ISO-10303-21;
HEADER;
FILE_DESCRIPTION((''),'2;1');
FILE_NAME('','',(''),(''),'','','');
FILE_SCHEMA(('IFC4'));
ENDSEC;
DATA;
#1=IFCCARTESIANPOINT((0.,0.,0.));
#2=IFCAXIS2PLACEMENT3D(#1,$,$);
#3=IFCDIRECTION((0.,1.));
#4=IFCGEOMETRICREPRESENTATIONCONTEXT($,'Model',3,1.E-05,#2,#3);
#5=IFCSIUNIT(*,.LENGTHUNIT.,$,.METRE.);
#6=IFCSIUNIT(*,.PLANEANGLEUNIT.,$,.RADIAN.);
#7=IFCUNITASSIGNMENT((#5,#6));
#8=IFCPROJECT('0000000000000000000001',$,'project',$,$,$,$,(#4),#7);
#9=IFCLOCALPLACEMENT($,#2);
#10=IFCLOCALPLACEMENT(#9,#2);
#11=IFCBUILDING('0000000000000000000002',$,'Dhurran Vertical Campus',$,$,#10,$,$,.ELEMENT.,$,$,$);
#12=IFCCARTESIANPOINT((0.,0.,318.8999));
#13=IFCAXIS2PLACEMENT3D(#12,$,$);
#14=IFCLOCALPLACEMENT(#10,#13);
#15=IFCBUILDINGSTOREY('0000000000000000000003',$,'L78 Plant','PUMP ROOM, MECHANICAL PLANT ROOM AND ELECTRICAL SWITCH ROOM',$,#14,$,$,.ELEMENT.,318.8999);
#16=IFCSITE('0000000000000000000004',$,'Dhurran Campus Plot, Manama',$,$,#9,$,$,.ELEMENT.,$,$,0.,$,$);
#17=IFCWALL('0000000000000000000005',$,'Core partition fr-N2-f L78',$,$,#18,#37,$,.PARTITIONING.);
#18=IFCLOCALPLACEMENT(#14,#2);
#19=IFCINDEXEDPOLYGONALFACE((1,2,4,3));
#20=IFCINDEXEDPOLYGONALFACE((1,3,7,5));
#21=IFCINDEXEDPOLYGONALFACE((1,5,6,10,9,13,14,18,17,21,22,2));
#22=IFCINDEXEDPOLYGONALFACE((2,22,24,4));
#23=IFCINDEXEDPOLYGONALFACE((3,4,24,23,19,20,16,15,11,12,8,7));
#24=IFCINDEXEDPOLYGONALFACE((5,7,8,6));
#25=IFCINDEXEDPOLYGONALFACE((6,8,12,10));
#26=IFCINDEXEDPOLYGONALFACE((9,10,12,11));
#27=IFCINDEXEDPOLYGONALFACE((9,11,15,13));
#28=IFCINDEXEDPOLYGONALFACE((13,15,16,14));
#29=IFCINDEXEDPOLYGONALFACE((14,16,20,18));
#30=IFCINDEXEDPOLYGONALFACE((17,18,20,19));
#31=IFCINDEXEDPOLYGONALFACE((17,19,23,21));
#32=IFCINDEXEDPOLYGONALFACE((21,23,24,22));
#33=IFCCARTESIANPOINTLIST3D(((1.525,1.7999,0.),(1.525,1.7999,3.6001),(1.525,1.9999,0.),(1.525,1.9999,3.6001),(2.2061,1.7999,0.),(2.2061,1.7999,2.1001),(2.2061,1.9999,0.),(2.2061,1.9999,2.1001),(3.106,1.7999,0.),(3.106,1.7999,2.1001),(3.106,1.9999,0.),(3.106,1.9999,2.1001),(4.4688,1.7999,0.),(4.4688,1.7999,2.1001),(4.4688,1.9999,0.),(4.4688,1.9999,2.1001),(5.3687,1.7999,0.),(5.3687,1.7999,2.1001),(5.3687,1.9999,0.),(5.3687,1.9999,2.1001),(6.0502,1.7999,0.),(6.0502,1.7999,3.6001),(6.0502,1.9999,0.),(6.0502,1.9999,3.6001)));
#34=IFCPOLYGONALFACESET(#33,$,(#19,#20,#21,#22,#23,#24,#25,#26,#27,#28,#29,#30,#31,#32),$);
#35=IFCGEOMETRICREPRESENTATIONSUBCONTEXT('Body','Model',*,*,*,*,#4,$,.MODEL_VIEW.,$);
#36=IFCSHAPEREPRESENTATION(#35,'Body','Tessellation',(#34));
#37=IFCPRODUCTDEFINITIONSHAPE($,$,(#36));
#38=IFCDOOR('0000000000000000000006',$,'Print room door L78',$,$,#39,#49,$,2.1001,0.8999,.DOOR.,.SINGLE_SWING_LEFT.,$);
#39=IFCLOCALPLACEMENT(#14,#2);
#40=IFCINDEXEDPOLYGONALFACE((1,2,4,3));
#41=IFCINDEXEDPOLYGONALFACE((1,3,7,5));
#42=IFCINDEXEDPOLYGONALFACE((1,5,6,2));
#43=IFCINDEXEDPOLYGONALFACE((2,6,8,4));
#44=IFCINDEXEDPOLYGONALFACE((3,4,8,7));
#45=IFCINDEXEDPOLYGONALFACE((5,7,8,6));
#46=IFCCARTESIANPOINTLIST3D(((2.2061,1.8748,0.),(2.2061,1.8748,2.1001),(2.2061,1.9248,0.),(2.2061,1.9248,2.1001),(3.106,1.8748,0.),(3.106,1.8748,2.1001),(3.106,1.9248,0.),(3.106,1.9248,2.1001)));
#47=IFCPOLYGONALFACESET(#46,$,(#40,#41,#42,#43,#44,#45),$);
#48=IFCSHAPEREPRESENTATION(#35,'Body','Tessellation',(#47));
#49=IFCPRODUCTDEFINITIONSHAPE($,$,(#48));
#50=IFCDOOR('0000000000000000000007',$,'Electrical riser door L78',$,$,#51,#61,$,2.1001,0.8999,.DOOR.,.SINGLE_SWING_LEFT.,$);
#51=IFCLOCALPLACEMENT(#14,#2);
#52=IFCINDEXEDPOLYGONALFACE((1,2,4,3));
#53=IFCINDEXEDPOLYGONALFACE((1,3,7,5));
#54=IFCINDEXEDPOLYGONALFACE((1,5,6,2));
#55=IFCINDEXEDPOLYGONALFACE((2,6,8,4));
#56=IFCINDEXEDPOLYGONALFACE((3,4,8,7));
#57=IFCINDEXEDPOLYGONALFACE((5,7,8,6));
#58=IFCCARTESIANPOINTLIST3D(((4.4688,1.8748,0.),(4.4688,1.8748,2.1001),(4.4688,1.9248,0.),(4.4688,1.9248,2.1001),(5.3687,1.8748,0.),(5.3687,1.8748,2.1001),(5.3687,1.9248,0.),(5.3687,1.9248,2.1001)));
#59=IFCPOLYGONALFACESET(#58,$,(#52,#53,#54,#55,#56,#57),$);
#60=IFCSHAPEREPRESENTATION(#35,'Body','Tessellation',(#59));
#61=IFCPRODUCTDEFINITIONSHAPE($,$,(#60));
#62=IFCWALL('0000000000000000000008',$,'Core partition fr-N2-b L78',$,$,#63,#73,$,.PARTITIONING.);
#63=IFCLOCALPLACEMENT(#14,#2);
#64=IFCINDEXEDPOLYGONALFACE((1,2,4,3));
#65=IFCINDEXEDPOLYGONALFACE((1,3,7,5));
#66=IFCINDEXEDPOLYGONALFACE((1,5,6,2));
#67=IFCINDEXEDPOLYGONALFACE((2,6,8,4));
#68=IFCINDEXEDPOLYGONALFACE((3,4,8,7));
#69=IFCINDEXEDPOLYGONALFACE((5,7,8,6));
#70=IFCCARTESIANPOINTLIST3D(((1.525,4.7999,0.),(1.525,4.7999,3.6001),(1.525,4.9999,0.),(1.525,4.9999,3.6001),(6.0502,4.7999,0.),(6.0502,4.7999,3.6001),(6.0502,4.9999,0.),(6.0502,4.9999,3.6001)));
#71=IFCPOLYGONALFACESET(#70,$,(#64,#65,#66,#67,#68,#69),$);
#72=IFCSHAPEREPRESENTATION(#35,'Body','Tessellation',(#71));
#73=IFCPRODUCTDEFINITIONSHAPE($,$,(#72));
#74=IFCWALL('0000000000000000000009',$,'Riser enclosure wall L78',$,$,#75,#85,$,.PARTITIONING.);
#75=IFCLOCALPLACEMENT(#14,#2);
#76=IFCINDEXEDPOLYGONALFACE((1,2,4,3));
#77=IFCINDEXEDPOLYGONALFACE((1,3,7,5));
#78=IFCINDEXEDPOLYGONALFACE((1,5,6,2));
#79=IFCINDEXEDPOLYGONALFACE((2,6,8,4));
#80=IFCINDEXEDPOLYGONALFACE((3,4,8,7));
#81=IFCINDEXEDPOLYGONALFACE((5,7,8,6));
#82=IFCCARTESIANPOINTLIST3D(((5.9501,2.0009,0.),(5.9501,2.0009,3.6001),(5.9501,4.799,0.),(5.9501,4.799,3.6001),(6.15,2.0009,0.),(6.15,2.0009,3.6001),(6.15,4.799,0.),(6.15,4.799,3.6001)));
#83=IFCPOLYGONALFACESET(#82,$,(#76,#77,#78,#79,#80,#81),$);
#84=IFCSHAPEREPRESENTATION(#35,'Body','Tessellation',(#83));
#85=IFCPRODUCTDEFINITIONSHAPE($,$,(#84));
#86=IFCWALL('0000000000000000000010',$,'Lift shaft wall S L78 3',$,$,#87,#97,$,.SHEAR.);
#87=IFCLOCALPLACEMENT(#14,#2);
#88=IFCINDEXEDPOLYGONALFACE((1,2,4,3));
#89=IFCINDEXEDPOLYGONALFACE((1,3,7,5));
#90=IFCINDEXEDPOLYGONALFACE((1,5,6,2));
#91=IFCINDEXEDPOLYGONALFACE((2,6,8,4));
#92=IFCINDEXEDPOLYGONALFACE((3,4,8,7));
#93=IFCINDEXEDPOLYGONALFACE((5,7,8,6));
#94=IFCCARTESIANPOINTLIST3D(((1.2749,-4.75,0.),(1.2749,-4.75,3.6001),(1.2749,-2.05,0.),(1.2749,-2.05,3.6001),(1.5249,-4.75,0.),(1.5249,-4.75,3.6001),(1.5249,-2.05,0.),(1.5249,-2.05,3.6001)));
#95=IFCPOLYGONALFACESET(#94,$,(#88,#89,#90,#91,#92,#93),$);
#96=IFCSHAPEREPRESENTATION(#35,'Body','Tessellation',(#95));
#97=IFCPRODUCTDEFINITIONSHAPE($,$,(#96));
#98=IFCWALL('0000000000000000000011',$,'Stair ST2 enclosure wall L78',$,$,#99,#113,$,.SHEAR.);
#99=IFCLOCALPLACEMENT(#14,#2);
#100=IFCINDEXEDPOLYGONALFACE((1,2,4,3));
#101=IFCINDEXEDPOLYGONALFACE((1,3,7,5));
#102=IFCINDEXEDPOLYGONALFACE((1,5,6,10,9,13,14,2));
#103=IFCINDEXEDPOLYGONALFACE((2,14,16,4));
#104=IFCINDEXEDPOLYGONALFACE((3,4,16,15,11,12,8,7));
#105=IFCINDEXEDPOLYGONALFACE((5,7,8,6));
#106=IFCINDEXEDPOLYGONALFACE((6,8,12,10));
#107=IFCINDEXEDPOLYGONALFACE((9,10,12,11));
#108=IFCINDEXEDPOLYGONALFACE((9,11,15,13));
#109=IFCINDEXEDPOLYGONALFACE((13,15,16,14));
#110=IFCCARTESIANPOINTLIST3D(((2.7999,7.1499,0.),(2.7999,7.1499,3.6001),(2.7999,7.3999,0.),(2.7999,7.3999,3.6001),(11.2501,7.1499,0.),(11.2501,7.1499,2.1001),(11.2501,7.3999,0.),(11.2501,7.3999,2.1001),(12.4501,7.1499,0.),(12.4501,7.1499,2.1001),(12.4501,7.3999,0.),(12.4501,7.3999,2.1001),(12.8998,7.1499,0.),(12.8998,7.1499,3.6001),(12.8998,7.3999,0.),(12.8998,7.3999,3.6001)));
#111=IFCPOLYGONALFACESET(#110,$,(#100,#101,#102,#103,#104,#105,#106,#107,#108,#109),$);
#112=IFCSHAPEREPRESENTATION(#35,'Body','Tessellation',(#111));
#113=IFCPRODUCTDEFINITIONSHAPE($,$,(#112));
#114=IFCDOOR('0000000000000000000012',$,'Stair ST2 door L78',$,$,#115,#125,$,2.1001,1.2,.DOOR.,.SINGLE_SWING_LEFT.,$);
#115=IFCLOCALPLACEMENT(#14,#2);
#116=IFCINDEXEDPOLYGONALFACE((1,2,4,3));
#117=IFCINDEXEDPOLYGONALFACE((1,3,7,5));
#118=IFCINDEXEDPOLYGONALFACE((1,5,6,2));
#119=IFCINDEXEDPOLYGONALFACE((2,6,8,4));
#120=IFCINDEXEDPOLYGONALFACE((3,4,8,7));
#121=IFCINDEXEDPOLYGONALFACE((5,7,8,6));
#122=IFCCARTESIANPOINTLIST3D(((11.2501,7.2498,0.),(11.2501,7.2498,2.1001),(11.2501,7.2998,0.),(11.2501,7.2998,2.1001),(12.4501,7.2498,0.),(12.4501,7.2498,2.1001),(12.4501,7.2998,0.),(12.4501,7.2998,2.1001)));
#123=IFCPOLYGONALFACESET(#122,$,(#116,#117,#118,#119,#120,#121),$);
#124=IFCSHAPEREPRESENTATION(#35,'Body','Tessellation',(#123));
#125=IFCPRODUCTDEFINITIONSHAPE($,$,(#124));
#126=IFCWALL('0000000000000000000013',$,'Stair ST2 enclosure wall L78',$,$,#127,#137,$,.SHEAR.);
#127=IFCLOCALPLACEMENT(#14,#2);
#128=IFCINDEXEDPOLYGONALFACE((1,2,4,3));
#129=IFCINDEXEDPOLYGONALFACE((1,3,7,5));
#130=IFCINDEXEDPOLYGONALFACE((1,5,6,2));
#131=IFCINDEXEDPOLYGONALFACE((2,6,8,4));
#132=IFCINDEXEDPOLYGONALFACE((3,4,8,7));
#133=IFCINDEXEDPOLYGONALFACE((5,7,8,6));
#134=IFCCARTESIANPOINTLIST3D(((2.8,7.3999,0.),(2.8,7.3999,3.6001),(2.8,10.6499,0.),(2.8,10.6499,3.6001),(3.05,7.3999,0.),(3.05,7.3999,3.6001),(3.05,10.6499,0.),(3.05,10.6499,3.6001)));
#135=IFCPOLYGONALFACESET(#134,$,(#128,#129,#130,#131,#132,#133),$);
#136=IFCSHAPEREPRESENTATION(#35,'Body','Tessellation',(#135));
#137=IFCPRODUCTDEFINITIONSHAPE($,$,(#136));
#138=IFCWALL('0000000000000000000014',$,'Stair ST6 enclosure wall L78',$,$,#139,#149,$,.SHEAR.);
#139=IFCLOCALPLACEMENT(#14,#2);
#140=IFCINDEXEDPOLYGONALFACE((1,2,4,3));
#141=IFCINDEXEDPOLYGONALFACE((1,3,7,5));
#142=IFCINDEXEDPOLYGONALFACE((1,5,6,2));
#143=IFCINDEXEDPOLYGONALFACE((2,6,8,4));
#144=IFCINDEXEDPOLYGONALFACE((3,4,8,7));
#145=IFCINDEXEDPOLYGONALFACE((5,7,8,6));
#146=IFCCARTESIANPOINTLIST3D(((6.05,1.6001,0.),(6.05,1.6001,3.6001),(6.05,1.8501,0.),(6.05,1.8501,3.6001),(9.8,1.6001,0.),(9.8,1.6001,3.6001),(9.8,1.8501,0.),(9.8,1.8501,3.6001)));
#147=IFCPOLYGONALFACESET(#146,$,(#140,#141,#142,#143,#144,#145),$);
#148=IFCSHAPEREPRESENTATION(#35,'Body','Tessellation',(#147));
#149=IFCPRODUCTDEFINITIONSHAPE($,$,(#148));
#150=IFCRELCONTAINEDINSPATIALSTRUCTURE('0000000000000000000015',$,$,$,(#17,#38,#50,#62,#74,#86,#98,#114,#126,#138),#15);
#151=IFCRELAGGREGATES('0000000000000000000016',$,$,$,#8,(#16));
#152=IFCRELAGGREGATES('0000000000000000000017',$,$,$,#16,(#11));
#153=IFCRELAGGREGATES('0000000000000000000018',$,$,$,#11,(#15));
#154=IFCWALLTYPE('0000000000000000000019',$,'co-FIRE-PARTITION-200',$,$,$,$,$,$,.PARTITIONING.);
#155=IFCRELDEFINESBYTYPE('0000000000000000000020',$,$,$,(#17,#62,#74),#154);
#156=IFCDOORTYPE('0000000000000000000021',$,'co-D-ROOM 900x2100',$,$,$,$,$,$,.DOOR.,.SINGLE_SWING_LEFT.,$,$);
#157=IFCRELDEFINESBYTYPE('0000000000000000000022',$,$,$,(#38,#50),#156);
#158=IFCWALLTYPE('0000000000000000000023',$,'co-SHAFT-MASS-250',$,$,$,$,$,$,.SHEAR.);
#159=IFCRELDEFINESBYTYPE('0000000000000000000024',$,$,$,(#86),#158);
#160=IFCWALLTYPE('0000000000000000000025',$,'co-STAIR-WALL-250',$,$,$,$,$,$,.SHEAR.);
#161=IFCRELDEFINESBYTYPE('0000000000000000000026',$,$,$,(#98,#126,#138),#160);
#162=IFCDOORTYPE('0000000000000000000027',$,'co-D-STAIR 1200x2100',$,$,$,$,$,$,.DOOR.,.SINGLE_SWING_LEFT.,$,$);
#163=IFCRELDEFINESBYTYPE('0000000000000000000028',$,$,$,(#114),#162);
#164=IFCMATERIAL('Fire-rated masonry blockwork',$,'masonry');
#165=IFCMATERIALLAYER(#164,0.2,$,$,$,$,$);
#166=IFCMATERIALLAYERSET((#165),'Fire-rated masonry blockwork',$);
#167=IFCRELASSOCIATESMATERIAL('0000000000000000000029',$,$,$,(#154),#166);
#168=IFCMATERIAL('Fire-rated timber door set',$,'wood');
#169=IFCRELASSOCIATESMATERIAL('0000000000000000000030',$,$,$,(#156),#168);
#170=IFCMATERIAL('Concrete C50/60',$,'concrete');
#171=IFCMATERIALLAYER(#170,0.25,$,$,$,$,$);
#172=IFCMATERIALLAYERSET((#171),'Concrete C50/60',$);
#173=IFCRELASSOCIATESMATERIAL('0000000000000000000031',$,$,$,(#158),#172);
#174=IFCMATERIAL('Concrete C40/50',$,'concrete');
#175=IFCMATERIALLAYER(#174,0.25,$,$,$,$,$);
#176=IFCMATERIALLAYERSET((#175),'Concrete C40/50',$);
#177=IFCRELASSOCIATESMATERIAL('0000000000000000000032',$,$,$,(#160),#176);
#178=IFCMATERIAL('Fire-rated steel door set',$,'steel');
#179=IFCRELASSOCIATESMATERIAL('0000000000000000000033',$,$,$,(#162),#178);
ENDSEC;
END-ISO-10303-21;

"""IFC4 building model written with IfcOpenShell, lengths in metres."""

from ifc_helpers import new_model, si_unit, direction, frame, frame_2d, origin, place, context, subcontext, project, spatial, polyline, rectangle, outline, extrude, material, layer, layer_set, type_object, element, fill, save


model = new_model("IFC4")

# Units and contexts
model_context = context("Model", 3, precision=1e-05, world=origin(), true_north=direction((0.0, 1.0)))
body_context = subcontext(model_context, "Body", "Model", "MODEL_VIEW")
ifc_project = project(units=[si_unit("LENGTHUNIT", "METRE"), si_unit("PLANEANGLEUNIT", "RADIAN")], contexts=[model_context])

# Site, building, storey
site_placement = place(None, origin())
site = spatial("IfcSite", under=ifc_project, at=site_placement, Name="Dhurran Campus Plot, Manama", CompositionType="ELEMENT", RefElevation=0.0)
building_placement = place(site_placement, origin())
building = spatial("IfcBuilding", under=site, at=building_placement, Name="Dhurran Vertical Campus", CompositionType="ELEMENT")
storey_placement = place(building_placement, frame((0.0, 0.0, 318.8999)))
storey = spatial("IfcBuildingStorey", under=building, at=storey_placement, Name="L78 Plant", Description="PUMP ROOM, MECHANICAL PLANT ROOM AND ELECTRICAL SWITCH ROOM", CompositionType="ELEMENT", Elevation=318.8999)

# Shared definitions
ifc_material_1 = material(Name="Fire-rated masonry blockwork", Category="masonry")
ifc_layer_1 = layer(ifc_material_1, 0.2)
ifc_layer_set_1 = layer_set([ifc_layer_1], Name="Fire-rated masonry blockwork")
wall_type_1 = type_object("IfcWallType", Name="co-FIRE-PARTITION-200", PredefinedType="PARTITIONING", material=ifc_layer_set_1)

# Shared definitions
ifc_material_2 = material(Name="Fire-rated timber door set", Category="wood")
door_type_1 = type_object("IfcDoorType", Name="co-D-ROOM 900x2100", OperationType="SINGLE_SWING_LEFT", PredefinedType="DOOR", material=ifc_material_2)

# Wall, openings, doors
wall_1_placement = place(storey_placement, frame((1.5249, 1.8999, 0.0), z_axis=(0.0, 0.0, 1.0), x_axis=(1.0, 0.0, 0.0)))
wall_1 = element("IfcWall", 1, at=wall_1_placement, inside=storey, type_object=wall_type_1, Name="Core partition fr-N2-f L78", PredefinedType="PARTITIONING", context=body_context, shape_type="SweptSolid", body=[
    extrude(rectangle(XDim=4.5251, YDim=0.2, at=frame_2d((2.2627, 0.0))), origin(), (0.0, 0.0, 1.0), 3.6001),
])
opening_1_placement = place(wall_1_placement, frame((0.6812, 0.0, 0.0)))
opening_1 = element("IfcOpeningElement", 2, at=opening_1_placement, cuts=wall_1, PredefinedType="OPENING", context=body_context, shape_type="SweptSolid", body=[
    extrude(rectangle(XDim=0.8999, YDim=2.1001, at=frame_2d((0.45, 1.05))), frame((0.0, 0.1099, 0.0), z_axis=(0.0, -1.0, 0.0), x_axis=(1.0, 0.0, 0.0)), (0.0, 0.0, 1.0), 0.22),
])
opening_2_placement = place(wall_1_placement, frame((2.9438, 0.0, 0.0)))
opening_2 = element("IfcOpeningElement", 3, at=opening_2_placement, cuts=wall_1, PredefinedType="OPENING", context=body_context, shape_type="SweptSolid", body=[
    extrude(rectangle(XDim=0.8999, YDim=2.1001, at=frame_2d((0.45, 1.05))), frame((0.0, 0.1099, 0.0), z_axis=(0.0, -1.0, 0.0), x_axis=(1.0, 0.0, 0.0)), (0.0, 0.0, 1.0), 0.22),
])
door_1_placement = place(opening_1_placement, origin())
door_1 = element("IfcDoor", 4, at=door_1_placement, inside=storey, type_object=door_type_1, Name="Print room door L78", OperationType="SINGLE_SWING_LEFT", OverallHeight=2.1001, OverallWidth=0.8999, PredefinedType="DOOR", context=body_context, shape_type="SweptSolid", body=[
    extrude(rectangle(XDim=0.8999, YDim=2.1001, at=frame_2d((0.45, 1.05))), frame((0.0, 0.0249, 0.0), z_axis=(0.0, -1.0, 0.0), x_axis=(1.0, 0.0, 0.0)), (0.0, 0.0, 1.0), 0.05),
])
fill(opening_1, door_1)
door_2_placement = place(opening_2_placement, origin())
door_2 = element("IfcDoor", 5, at=door_2_placement, inside=storey, type_object=door_type_1, Name="Electrical riser door L78", OperationType="SINGLE_SWING_LEFT", OverallHeight=2.1001, OverallWidth=0.8999, PredefinedType="DOOR", context=body_context, shape_type="SweptSolid", body=[
    extrude(rectangle(XDim=0.8999, YDim=2.1001, at=frame_2d((0.45, 1.05))), frame((0.0, 0.0249, 0.0), z_axis=(0.0, -1.0, 0.0), x_axis=(1.0, 0.0, 0.0)), (0.0, 0.0, 1.0), 0.05),
])
fill(opening_2, door_2)

# Walls
wall_2_placement = place(storey_placement, frame((1.5249, 4.8999, 0.0), z_axis=(0.0, 0.0, 1.0), x_axis=(1.0, 0.0, 0.0)))
element("IfcWall", 6, at=wall_2_placement, inside=storey, type_object=wall_type_1, Name="Core partition fr-N2-b L78", PredefinedType="PARTITIONING", context=body_context, shape_type="SweptSolid", body=[
    extrude(rectangle(XDim=4.5251, YDim=0.2, at=frame_2d((2.2627, 0.0))), origin(), (0.0, 0.0, 1.0), 3.6001),
])
wall_3_placement = place(storey_placement, frame((6.05, 2.001, 0.0), z_axis=(0.0, 0.0, 1.0), x_axis=(0.0, 1.0, 0.0)))
element("IfcWall", 7, at=wall_3_placement, inside=storey, type_object=wall_type_1, Name="Riser enclosure wall L78", PredefinedType="PARTITIONING", context=body_context, shape_type="SweptSolid", body=[
    extrude(rectangle(XDim=2.7981, YDim=0.2, at=frame_2d((1.3989, 0.0))), origin(), (0.0, 0.0, 1.0), 3.6001),
])
ifc_material_3 = material(Name="Concrete C50/60", Category="concrete")
ifc_layer_2 = layer(ifc_material_3, 0.25)
ifc_layer_set_2 = layer_set([ifc_layer_2], Name="Concrete C50/60")
wall_type_2 = type_object("IfcWallType", Name="co-SHAFT-MASS-250", PredefinedType="SHEAR", material=ifc_layer_set_2)
wall_4_placement = place(storey_placement, origin())
element("IfcWall", 8, at=wall_4_placement, inside=storey, type_object=wall_type_2, Name="Lift shaft wall S L78 3", PredefinedType="SHEAR", context=body_context, shape_type="SweptSolid", body=[
    extrude(outline(polyline([(1.2749, -4.75), (1.5249, -4.75), (1.5249, -2.05), (1.2749, -2.05), (1.2749, -4.75)])), origin(), (0.0, 0.0, 1.0), 3.6001),
])

# Wall, opening, door
ifc_material_4 = material(Name="Concrete C40/50", Category="concrete")
ifc_layer_3 = layer(ifc_material_4, 0.25)
ifc_layer_set_3 = layer_set([ifc_layer_3], Name="Concrete C40/50")
wall_type_3 = type_object("IfcWallType", Name="co-STAIR-WALL-250", PredefinedType="SHEAR", material=ifc_layer_set_3)
wall_5_placement = place(storey_placement, frame((2.8, 7.2749, 0.0), z_axis=(0.0, 0.0, 1.0), x_axis=(1.0, 0.0, 0.0)))
wall_5 = element("IfcWall", 9, at=wall_5_placement, inside=storey, type_object=wall_type_3, Name="Stair ST2 enclosure wall L78", PredefinedType="SHEAR", context=body_context, shape_type="SweptSolid", body=[
    extrude(rectangle(XDim=10.0999, YDim=0.25, at=frame_2d((5.0498, 0.0))), origin(), (0.0, 0.0, 1.0), 3.6001),
])
opening_3_placement = place(wall_5_placement, frame((8.45, 0.0, 0.0)))
opening_3 = element("IfcOpeningElement", 10, at=opening_3_placement, cuts=wall_5, PredefinedType="OPENING", context=body_context, shape_type="SweptSolid", body=[
    extrude(rectangle(XDim=1.2, YDim=2.1001, at=frame_2d((0.6001, 1.05))), frame((0.0, 0.135, 0.0), z_axis=(0.0, -1.0, 0.0), x_axis=(1.0, 0.0, 0.0)), (0.0, 0.0, 1.0), 0.27),
])
ifc_material_5 = material(Name="Fire-rated steel door set", Category="steel")
door_type_2 = type_object("IfcDoorType", Name="co-D-STAIR 1200x2100", OperationType="SINGLE_SWING_LEFT", PredefinedType="DOOR", material=ifc_material_5)
door_3_placement = place(opening_3_placement, origin())
door_3 = element("IfcDoor", 11, at=door_3_placement, inside=storey, type_object=door_type_2, Name="Stair ST2 door L78", OperationType="SINGLE_SWING_LEFT", OverallHeight=2.1001, OverallWidth=1.2, PredefinedType="DOOR", context=body_context, shape_type="SweptSolid", body=[
    extrude(rectangle(XDim=1.2, YDim=2.1001, at=frame_2d((0.6001, 1.05))), frame((0.0, 0.0249, 0.0), z_axis=(0.0, -1.0, 0.0), x_axis=(1.0, 0.0, 0.0)), (0.0, 0.0, 1.0), 0.05),
])
fill(opening_3, door_3)

# Walls
wall_6_placement = place(storey_placement, frame((2.925, 7.3999, 0.0), z_axis=(0.0, 0.0, 1.0), x_axis=(0.0, 1.0, 0.0)))
element("IfcWall", 12, at=wall_6_placement, inside=storey, type_object=wall_type_3, Name="Stair ST2 enclosure wall L78", PredefinedType="SHEAR", context=body_context, shape_type="SweptSolid", body=[
    extrude(rectangle(XDim=3.25, YDim=0.25, at=frame_2d((1.625, 0.0))), origin(), (0.0, 0.0, 1.0), 3.6001),
])
wall_7_placement = place(storey_placement, frame((6.05, 1.7251, 0.0), z_axis=(0.0, 0.0, 1.0), x_axis=(1.0, 0.0, 0.0)))
element("IfcWall", 13, at=wall_7_placement, inside=storey, type_object=wall_type_3, Name="Stair ST6 enclosure wall L78", PredefinedType="SHEAR", context=body_context, shape_type="SweptSolid", body=[
    extrude(rectangle(XDim=3.75, YDim=0.25, at=frame_2d((1.875, 0.0))), origin(), (0.0, 0.0, 1.0), 3.6001),
])

save(model, "model.ifc")
